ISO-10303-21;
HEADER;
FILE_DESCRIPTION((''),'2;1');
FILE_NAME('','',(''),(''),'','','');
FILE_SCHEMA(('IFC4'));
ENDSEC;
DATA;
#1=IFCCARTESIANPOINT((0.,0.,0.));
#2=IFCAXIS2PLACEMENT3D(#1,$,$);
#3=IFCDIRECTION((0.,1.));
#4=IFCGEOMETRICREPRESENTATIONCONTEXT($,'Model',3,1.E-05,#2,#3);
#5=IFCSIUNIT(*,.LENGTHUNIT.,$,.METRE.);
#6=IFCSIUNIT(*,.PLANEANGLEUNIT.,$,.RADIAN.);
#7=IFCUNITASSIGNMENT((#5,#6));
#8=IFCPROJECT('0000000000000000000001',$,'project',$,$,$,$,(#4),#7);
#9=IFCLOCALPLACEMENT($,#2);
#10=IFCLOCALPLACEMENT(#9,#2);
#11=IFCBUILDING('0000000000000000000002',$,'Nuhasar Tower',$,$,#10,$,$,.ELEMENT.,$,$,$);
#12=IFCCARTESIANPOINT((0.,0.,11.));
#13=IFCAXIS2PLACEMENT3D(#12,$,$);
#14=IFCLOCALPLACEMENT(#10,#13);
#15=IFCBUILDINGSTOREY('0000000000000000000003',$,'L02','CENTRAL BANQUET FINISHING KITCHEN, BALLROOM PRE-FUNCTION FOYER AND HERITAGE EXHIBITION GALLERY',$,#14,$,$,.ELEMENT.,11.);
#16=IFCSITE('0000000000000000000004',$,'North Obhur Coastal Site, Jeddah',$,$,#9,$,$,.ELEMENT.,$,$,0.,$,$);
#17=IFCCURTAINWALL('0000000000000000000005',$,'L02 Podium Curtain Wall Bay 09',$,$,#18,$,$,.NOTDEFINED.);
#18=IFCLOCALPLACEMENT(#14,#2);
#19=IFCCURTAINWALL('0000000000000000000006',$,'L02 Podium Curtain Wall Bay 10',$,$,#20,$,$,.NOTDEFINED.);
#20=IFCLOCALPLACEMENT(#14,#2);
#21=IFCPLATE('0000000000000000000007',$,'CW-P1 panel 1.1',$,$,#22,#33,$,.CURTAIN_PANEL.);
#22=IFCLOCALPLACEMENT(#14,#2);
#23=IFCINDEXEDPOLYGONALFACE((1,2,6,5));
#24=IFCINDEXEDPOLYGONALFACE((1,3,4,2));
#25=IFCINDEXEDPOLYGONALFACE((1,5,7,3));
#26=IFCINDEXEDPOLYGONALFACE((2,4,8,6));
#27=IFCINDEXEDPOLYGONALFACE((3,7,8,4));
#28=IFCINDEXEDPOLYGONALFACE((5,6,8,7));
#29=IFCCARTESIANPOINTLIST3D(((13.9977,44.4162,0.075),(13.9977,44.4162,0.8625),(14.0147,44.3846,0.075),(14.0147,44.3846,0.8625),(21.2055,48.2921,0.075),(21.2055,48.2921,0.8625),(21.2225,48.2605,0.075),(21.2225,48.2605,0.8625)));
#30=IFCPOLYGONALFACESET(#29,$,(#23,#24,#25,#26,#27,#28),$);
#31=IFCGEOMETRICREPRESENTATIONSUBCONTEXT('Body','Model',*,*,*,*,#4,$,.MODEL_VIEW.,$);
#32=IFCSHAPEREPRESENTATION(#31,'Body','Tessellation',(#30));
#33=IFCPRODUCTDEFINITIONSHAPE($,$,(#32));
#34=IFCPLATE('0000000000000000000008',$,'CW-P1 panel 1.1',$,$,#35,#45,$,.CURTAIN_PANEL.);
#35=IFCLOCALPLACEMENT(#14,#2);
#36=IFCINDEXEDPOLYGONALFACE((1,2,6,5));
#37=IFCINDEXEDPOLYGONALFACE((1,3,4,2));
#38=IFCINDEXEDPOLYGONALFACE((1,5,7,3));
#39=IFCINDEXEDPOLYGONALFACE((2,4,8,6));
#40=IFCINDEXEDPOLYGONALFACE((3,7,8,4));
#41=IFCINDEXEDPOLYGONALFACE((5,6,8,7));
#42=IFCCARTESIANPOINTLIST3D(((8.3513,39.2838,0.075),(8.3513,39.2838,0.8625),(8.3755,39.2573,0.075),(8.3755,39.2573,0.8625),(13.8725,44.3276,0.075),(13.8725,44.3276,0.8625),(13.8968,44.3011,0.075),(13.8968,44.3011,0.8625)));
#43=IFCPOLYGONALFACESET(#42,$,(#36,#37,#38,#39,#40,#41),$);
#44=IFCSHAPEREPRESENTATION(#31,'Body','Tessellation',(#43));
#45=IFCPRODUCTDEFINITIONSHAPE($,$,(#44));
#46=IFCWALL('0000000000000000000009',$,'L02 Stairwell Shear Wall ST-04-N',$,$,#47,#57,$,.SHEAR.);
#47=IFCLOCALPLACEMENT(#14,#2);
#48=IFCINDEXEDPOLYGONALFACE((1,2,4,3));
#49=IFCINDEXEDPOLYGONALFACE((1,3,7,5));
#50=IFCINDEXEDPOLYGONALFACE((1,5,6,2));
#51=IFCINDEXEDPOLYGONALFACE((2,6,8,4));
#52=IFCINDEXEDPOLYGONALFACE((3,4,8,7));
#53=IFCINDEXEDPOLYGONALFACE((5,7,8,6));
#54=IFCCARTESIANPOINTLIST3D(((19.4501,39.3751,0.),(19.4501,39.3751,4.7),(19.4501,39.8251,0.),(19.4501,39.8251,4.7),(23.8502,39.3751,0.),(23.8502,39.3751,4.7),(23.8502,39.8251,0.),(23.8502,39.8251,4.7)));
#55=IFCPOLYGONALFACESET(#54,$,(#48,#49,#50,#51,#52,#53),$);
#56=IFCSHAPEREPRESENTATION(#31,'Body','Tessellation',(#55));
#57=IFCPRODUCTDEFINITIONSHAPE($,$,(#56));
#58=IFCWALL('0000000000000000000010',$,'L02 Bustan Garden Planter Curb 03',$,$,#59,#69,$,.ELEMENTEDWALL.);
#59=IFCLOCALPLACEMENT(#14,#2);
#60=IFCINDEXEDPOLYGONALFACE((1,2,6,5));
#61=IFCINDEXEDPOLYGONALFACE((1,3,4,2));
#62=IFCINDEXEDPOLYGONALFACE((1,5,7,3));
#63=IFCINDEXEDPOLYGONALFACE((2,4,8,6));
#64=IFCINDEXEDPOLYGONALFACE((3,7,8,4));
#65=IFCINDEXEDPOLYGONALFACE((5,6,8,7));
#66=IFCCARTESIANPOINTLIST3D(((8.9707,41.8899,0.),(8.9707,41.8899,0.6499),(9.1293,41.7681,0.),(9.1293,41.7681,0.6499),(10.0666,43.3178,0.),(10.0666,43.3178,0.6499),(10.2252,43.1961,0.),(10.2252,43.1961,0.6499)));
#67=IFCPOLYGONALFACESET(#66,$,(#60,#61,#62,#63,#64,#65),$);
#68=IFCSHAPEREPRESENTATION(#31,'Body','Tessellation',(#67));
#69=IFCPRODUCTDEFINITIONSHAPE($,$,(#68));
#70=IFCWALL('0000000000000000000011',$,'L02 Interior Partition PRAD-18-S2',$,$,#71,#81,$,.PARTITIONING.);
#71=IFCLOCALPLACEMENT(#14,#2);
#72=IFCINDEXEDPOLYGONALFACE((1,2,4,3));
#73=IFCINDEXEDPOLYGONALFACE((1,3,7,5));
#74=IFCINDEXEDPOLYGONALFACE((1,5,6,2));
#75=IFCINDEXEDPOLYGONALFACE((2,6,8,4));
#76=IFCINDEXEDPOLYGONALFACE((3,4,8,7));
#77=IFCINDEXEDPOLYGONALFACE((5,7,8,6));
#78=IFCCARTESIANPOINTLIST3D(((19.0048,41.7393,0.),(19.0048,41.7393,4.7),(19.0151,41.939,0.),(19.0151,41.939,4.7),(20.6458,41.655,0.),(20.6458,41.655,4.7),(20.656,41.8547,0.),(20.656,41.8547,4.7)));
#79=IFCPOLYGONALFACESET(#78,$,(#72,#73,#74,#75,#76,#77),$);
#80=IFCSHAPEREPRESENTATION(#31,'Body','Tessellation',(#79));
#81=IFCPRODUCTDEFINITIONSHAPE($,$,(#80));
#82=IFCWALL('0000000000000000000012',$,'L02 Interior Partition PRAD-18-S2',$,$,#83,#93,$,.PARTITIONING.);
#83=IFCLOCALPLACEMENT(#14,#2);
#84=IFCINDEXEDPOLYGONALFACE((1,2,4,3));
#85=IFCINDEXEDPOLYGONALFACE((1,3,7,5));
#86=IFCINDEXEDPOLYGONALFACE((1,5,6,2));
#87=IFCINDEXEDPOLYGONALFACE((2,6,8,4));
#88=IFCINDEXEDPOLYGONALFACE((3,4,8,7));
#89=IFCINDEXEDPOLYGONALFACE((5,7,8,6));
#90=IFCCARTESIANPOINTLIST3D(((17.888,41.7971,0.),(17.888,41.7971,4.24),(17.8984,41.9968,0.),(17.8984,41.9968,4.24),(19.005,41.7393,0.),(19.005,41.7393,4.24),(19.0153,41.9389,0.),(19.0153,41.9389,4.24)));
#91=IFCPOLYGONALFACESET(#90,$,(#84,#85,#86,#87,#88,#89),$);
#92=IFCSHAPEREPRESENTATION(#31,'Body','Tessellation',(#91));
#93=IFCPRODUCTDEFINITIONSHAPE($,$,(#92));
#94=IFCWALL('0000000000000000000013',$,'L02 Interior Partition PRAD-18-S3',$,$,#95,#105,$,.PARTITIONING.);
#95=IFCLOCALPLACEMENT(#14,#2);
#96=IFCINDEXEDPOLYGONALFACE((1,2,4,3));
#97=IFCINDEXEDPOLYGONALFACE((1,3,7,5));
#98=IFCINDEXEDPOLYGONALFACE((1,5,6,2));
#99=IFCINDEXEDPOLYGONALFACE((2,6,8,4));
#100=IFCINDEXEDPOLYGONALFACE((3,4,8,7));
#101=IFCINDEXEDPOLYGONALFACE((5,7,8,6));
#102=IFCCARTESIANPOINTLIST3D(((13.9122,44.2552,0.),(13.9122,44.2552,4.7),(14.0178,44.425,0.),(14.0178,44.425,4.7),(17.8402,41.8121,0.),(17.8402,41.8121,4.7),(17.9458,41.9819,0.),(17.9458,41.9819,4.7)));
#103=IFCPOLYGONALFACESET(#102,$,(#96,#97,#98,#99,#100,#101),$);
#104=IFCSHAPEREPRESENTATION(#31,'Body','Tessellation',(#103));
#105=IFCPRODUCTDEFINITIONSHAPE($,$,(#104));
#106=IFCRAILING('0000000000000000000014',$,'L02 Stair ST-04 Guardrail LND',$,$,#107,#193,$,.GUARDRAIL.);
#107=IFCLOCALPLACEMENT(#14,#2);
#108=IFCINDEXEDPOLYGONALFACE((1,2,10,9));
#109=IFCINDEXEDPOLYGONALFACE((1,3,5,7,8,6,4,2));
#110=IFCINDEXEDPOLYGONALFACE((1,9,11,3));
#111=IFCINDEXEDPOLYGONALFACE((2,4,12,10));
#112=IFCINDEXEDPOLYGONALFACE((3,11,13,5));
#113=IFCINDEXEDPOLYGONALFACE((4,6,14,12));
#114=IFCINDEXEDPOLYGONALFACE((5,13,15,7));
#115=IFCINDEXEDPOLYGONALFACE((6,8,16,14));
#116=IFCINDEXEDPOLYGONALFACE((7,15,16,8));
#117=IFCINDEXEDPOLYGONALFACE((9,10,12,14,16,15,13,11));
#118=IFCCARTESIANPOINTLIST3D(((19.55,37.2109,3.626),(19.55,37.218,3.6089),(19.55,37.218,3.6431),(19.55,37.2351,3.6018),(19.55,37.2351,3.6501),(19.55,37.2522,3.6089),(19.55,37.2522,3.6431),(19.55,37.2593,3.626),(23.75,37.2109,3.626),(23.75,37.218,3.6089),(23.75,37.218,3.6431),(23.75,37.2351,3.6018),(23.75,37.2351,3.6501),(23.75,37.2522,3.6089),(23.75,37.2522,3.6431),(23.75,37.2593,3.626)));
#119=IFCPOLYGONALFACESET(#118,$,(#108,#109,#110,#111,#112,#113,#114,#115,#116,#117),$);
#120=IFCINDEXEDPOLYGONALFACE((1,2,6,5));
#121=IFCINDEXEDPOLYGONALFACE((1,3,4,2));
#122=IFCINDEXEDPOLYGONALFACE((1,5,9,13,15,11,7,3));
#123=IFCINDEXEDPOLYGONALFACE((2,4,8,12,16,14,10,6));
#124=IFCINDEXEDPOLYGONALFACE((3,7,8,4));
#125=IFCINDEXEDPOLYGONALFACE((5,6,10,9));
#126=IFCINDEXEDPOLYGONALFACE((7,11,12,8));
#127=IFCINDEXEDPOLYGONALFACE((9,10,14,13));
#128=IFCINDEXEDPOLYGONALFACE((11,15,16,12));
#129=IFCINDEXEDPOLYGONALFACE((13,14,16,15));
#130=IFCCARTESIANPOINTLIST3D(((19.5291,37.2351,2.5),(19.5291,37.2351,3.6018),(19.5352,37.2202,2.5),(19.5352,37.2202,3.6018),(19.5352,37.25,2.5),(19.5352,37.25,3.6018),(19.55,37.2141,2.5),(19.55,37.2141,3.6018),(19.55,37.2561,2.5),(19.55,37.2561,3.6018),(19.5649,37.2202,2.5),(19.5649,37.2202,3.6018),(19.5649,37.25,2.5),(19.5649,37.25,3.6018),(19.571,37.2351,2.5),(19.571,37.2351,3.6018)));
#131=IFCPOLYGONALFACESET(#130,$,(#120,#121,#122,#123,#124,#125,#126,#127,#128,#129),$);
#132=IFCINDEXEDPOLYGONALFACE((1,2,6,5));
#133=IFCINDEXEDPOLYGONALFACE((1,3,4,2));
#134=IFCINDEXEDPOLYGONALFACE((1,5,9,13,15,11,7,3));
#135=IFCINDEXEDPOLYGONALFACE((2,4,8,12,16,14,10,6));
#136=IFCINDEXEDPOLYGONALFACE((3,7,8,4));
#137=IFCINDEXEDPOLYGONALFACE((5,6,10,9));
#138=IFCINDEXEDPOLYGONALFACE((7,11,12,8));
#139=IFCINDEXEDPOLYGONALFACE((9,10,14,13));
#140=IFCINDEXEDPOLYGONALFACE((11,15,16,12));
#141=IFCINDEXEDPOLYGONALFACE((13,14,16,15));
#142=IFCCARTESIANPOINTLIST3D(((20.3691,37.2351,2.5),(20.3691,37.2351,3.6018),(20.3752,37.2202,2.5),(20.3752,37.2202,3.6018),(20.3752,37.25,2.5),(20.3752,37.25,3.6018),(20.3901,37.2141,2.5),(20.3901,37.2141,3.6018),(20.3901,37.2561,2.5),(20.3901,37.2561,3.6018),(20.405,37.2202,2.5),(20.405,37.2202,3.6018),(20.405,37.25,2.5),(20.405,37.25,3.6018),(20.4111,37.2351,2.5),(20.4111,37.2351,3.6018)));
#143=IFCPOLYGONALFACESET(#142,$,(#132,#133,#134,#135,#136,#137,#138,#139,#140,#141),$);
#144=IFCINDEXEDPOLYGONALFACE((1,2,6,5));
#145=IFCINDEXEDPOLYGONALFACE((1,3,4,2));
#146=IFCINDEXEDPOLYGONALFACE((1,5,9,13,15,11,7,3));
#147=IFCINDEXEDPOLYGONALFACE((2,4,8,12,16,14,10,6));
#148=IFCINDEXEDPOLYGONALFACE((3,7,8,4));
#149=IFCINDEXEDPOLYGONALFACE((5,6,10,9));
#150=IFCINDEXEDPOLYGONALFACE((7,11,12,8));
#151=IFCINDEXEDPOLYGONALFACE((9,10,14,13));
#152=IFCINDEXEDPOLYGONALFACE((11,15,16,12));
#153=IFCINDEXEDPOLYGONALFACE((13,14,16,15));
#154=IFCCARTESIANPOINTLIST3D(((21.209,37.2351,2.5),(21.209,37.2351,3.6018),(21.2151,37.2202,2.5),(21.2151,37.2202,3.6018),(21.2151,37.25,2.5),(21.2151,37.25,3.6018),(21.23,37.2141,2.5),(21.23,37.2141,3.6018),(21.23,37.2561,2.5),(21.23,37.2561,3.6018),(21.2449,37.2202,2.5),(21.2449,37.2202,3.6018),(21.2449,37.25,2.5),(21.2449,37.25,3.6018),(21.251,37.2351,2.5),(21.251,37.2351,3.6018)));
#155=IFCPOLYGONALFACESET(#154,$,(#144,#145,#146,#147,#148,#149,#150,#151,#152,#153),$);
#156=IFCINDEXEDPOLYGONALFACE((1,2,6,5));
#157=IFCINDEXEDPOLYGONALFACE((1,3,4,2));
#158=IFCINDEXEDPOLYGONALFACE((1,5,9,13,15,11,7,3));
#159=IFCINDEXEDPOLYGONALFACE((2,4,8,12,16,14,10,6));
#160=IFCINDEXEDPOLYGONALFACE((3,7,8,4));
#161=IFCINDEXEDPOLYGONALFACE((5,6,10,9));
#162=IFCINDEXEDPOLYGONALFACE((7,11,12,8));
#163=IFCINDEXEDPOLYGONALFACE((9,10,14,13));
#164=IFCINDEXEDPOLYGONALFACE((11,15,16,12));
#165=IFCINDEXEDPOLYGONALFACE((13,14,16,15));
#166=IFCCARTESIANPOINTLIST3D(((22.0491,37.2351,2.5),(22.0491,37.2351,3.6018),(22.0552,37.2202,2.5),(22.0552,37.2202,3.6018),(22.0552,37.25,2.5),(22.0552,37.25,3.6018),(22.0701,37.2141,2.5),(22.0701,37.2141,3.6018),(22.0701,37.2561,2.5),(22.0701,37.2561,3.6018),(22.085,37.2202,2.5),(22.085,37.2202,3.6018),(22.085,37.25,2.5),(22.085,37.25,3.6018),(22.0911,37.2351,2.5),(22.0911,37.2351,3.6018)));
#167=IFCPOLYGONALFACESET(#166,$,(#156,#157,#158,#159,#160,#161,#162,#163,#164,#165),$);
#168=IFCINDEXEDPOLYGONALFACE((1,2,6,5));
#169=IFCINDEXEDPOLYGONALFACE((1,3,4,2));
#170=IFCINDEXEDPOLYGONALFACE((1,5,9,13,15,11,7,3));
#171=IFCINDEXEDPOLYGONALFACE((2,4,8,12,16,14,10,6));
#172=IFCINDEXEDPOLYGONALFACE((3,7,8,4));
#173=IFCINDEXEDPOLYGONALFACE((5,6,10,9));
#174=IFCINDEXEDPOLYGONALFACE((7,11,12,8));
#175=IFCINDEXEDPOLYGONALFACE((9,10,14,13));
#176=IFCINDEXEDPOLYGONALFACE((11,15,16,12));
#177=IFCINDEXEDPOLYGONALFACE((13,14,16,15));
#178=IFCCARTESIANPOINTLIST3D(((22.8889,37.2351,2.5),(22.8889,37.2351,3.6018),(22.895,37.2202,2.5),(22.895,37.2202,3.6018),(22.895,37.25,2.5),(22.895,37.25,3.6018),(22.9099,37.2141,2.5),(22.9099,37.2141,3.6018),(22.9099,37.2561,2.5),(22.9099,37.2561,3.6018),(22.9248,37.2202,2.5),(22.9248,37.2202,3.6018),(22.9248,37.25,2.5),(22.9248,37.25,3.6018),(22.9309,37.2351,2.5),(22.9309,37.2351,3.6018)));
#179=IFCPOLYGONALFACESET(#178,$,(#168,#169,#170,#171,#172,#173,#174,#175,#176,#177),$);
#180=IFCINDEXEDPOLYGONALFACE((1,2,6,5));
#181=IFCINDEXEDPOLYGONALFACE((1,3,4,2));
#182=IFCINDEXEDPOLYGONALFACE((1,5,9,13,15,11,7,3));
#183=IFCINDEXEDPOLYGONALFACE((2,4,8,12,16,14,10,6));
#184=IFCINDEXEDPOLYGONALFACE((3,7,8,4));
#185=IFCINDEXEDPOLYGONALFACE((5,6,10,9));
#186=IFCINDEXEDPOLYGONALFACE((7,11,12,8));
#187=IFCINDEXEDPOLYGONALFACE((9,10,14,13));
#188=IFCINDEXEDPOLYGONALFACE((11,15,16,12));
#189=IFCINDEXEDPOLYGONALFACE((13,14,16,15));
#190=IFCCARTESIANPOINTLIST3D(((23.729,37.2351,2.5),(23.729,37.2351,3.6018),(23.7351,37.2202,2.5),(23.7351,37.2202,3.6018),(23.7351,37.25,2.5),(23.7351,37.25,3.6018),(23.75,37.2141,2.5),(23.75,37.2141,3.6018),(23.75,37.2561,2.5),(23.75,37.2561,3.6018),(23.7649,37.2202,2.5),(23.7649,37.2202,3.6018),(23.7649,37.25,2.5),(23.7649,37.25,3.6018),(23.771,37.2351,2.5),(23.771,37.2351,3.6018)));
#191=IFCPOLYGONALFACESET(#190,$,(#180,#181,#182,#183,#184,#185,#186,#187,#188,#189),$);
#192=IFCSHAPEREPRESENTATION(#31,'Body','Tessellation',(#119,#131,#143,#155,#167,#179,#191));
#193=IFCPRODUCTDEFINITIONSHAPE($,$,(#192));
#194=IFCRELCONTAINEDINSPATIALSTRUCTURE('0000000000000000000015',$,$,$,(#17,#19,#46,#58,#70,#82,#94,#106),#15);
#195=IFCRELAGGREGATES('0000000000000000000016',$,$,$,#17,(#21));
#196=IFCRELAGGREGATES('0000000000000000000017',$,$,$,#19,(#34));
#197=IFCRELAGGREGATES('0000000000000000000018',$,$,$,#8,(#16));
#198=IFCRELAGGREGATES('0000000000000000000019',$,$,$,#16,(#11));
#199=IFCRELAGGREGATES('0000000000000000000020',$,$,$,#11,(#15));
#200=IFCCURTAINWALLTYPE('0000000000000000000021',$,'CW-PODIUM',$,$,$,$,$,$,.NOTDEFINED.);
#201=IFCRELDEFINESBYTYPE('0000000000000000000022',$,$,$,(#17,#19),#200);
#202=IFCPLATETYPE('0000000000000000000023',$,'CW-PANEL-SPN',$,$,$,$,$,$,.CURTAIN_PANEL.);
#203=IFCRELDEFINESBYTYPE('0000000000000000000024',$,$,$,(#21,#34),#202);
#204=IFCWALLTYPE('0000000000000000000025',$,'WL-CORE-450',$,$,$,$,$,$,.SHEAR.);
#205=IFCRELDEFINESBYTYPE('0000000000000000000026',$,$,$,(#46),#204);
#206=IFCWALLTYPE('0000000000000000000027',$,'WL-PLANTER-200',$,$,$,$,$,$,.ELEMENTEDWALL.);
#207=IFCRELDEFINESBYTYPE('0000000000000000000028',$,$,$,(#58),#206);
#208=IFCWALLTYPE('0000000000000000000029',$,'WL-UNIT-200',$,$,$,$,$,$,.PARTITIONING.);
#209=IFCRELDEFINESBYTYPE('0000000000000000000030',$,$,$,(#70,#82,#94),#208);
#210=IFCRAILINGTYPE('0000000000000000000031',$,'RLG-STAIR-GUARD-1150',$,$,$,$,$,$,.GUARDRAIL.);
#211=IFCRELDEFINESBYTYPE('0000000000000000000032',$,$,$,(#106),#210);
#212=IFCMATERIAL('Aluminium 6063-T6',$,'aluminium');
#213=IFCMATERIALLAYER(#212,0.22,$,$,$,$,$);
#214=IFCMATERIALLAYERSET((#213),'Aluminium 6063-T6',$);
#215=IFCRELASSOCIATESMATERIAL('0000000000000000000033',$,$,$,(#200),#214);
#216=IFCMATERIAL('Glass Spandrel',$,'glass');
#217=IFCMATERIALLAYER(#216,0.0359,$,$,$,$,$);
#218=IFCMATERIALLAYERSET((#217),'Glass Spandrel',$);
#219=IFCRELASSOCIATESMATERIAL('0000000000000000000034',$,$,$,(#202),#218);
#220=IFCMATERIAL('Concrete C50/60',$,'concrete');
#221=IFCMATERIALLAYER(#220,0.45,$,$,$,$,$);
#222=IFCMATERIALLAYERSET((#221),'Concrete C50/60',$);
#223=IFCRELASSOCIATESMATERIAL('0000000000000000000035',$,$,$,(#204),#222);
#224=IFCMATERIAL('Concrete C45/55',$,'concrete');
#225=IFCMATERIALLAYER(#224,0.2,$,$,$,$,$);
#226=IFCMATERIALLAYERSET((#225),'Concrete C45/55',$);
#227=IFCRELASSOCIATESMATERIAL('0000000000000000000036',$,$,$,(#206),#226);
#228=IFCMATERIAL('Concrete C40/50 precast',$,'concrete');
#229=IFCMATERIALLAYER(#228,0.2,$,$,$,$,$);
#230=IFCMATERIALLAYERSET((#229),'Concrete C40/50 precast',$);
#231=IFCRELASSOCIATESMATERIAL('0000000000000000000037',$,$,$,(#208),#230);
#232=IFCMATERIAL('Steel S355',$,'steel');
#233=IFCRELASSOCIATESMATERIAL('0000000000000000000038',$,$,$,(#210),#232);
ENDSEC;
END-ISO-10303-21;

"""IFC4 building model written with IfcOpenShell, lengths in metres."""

from ifc_helpers import new_model, si_unit, direction, frame, frame_2d, origin, origin_2d, place, context, subcontext, project, spatial, polyline, rectangle, outline, extrude, material, layer, layer_set, type_object, element, aggregate, save


model = new_model("IFC4")

# Units and contexts
model_context = context("Model", 3, precision=1e-05, world=origin(), true_north=direction((0.0, 1.0)))
body_context = subcontext(model_context, "Body", "Model", "MODEL_VIEW")
ifc_project = project(units=[si_unit("LENGTHUNIT", "METRE"), si_unit("PLANEANGLEUNIT", "RADIAN")], contexts=[model_context])

# Site, building, storey
site_placement = place(None, origin())
site = spatial("IfcSite", under=ifc_project, at=site_placement, Name="North Obhur Coastal Site, Jeddah", CompositionType="ELEMENT", RefElevation=0.0)
building_placement = place(site_placement, origin())
building = spatial("IfcBuilding", under=site, at=building_placement, Name="Nuhasar Tower", CompositionType="ELEMENT")
storey_placement = place(building_placement, frame((0.0, 0.0, 11.0)))
storey = spatial("IfcBuildingStorey", under=building, at=storey_placement, Name="L02", Description="CENTRAL BANQUET FINISHING KITCHEN, BALLROOM PRE-FUNCTION FOYER AND HERITAGE EXHIBITION GALLERY", CompositionType="ELEMENT", Elevation=11.0)

# Shared definitions
ifc_material_1 = material(Name="Concrete C50/60", Category="concrete")

# Shared definitions
ifc_material_2 = material(Name="Steel S355", Category="steel")

# Curtain wall
ifc_material_3 = material(Name="Aluminium 6063-T6", Category="aluminium")
ifc_layer_1 = layer(ifc_material_3, 0.22)
ifc_layer_set_1 = layer_set([ifc_layer_1], Name="Aluminium 6063-T6")
curtain_wall_type = type_object("IfcCurtainWallType", Name="CW-PODIUM", PredefinedType="NOTDEFINED", material=ifc_layer_set_1)
curtain_wall_1_placement = place(storey_placement, origin())
curtain_wall_1 = element("IfcCurtainWall", 1, at=curtain_wall_1_placement, inside=storey, type_object=curtain_wall_type, Name="L02 Podium Curtain Wall Bay 09", PredefinedType="NOTDEFINED")

# Curtain wall
curtain_wall_2_placement = place(storey_placement, origin())
curtain_wall_2 = element("IfcCurtainWall", 2, at=curtain_wall_2_placement, inside=storey, type_object=curtain_wall_type, Name="L02 Podium Curtain Wall Bay 10", PredefinedType="NOTDEFINED")

# Plates
ifc_material_4 = material(Name="Glass Spandrel", Category="glass")
ifc_layer_2 = layer(ifc_material_4, 0.0359)
ifc_layer_set_2 = layer_set([ifc_layer_2], Name="Glass Spandrel")
plate_type_1 = type_object("IfcPlateType", Name="CW-PANEL-SPN", PredefinedType="CURTAIN_PANEL", material=ifc_layer_set_2)
plate_1_placement = place(storey_placement, frame((17.6101, 46.3384, 0.075), z_axis=(0.0, 0.0, 1.0), x_axis=(-0.880737, -0.473606, 0.0)))
plate_1 = element("IfcPlate", 3, at=plate_1_placement, type_object=plate_type_1, Name="CW-P1 panel 1.1", PredefinedType="CURTAIN_PANEL", context=body_context, shape_type="SweptSolid", body=[
    extrude(rectangle(XDim=8.1838, YDim=0.0359, at=origin_2d()), origin(), (0.0, 0.0, 1.0), 0.7876),
])
aggregate(curtain_wall_1, [plate_1])
plate_2_placement = place(storey_placement, frame((11.124, 41.7925, 0.075), z_axis=(0.0, 0.0, 1.0), x_axis=(-0.738307, -0.674465, 0.0)))
plate_2 = element("IfcPlate", 4, at=plate_2_placement, type_object=plate_type_1, Name="CW-P1 panel 1.1", PredefinedType="CURTAIN_PANEL", context=body_context, shape_type="SweptSolid", body=[
    extrude(rectangle(XDim=7.4783, YDim=0.0359, at=origin_2d()), origin(), (0.0, 0.0, 1.0), 0.7876),
])
aggregate(curtain_wall_2, [plate_2])

# Walls
ifc_layer_3 = layer(ifc_material_1, 0.45)
ifc_layer_set_3 = layer_set([ifc_layer_3], Name="Concrete C50/60")
wall_type_1 = type_object("IfcWallType", Name="WL-CORE-450", PredefinedType="SHEAR", material=ifc_layer_set_3)
wall_1_placement = place(storey_placement, frame((19.45, 39.6001, 0.0), z_axis=(0.0, 0.0, 1.0), x_axis=(1.0, 0.0, 0.0)))
element("IfcWall", 5, at=wall_1_placement, inside=storey, type_object=wall_type_1, Name="L02 Stairwell Shear Wall ST-04-N", PredefinedType="SHEAR", context=body_context, shape_type="SweptSolid", body=[
    extrude(rectangle(XDim=4.4001, YDim=0.45, at=frame_2d((2.2002, 0.0))), origin(), (0.0, 0.0, 1.0), 4.7),
])
ifc_material_5 = material(Name="Concrete C45/55", Category="concrete")
ifc_layer_4 = layer(ifc_material_5, 0.2)
ifc_layer_set_4 = layer_set([ifc_layer_4], Name="Concrete C45/55")
wall_type_2 = type_object("IfcWallType", Name="WL-PLANTER-200", PredefinedType="ELEMENTEDWALL", material=ifc_layer_set_4)
wall_2_placement = place(storey_placement, frame((9.05, 41.8291, 0.0), z_axis=(0.0, 0.0, 1.0), x_axis=(0.608839, 0.793294, 0.0)))
element("IfcWall", 6, at=wall_2_placement, inside=storey, type_object=wall_type_2, Name="L02 Bustan Garden Planter Curb 03", PredefinedType="ELEMENTEDWALL", context=body_context, shape_type="SweptSolid", body=[
    extrude(rectangle(XDim=1.8, YDim=0.2, at=frame_2d((0.8999, 0.0))), origin(), (0.0, 0.0, 1.0), 0.6499),
])
ifc_material_6 = material(Name="Concrete C40/50 precast", Category="concrete")
ifc_layer_5 = layer(ifc_material_6, 0.2)
ifc_layer_set_5 = layer_set([ifc_layer_5], Name="Concrete C40/50 precast")
wall_type_3 = type_object("IfcWallType", Name="WL-UNIT-200", PredefinedType="PARTITIONING", material=ifc_layer_set_5)
wall_3_placement = place(storey_placement, frame((20.6509, 41.7549, 0.0), z_axis=(0.0, 0.0, 1.0), x_axis=(-0.998685, 0.051264, 0.0)))
element("IfcWall", 7, at=wall_3_placement, inside=storey, type_object=wall_type_3, Name="L02 Interior Partition PRAD-18-S2", PredefinedType="PARTITIONING", context=body_context, shape_type="SweptSolid", body=[
    extrude(rectangle(XDim=1.6431, YDim=0.2, at=frame_2d((0.8215, 0.0))), origin(), (0.0, 0.0, 1.0), 4.7),
])
wall_4_placement = place(storey_placement, frame((19.01, 41.8391, 0.0), z_axis=(0.0, 0.0, 1.0), x_axis=(-0.998661, 0.051734, 0.0)))
element("IfcWall", 8, at=wall_4_placement, inside=storey, type_object=wall_type_3, Name="L02 Interior Partition PRAD-18-S2", PredefinedType="PARTITIONING", context=body_context, shape_type="SweptSolid", body=[
    extrude(rectangle(XDim=1.1184, YDim=0.2, at=frame_2d((0.5591, 0.0))), origin(), (0.0, 0.0, 1.0), 4.24),
])
wall_5_placement = place(storey_placement, frame((17.8931, 41.897, 0.0), z_axis=(0.0, 0.0, 1.0), x_axis=(-0.84915, 0.528152, 0.0)))
element("IfcWall", 9, at=wall_5_placement, inside=storey, type_object=wall_type_3, Name="L02 Interior Partition PRAD-18-S3", PredefinedType="PARTITIONING", context=body_context, shape_type="SweptSolid", body=[
    extrude(rectangle(XDim=4.6257, YDim=0.2, at=frame_2d((2.313, 0.0))), origin(), (0.0, 0.0, 1.0), 4.7),
])

# Railing
railing_type_1 = type_object("IfcRailingType", Name="RLG-STAIR-GUARD-1150", PredefinedType="GUARDRAIL", material=ifc_material_2)
railing_1_placement = place(storey_placement, frame((19.55, 37.2351, 2.5)))
element("IfcRailing", 10, at=railing_1_placement, inside=storey, type_object=railing_type_1, Name="L02 Stair ST-04 Guardrail LND", PredefinedType="GUARDRAIL", context=body_context, shape_type="SweptSolid", body=[
    extrude(outline(polyline([(0.0242, 0.0), (0.0171, 0.0171), (0.0, 0.0242), (-0.0171, 0.0171), (-0.0242, 0.0), (-0.0171, -0.0171), (0.0, -0.0242), (0.0171, -0.0171), (0.0242, 0.0)])), frame((0.0, 0.0, 1.126), z_axis=(1.0, 0.0, 0.0), x_axis=(0.0, 1.0, 0.0)), (0.0, 0.0, 1.0), 4.2),
    extrude(outline(polyline([(0.021, 0.0), (0.0149, 0.0149), (0.0, 0.021), (-0.0149, 0.0149), (-0.021, 0.0), (-0.0149, -0.0149), (0.0, -0.021), (0.0149, -0.0149), (0.021, 0.0)])), origin(), (0.0, 0.0, 1.0), 1.1018),
    extrude(outline(polyline([(0.021, 0.0), (0.0149, 0.0149), (0.0, 0.021), (-0.0149, 0.0149), (-0.021, 0.0), (-0.0149, -0.0149), (0.0, -0.021), (0.0149, -0.0149), (0.021, 0.0)])), frame((0.8401, 0.0, 0.0)), (0.0, 0.0, 1.0), 1.1018),
    extrude(outline(polyline([(0.021, 0.0), (0.0149, 0.0149), (0.0, 0.021), (-0.0149, 0.0149), (-0.021, 0.0), (-0.0149, -0.0149), (0.0, -0.021), (0.0149, -0.0149), (0.021, 0.0)])), frame((1.6799, 0.0, 0.0)), (0.0, 0.0, 1.0), 1.1018),
    extrude(outline(polyline([(0.021, 0.0), (0.0149, 0.0149), (0.0, 0.021), (-0.0149, 0.0149), (-0.021, 0.0), (-0.0149, -0.0149), (0.0, -0.021), (0.0149, -0.0149), (0.021, 0.0)])), frame((2.52, 0.0, 0.0)), (0.0, 0.0, 1.0), 1.1018),
    extrude(outline(polyline([(0.021, 0.0), (0.0149, 0.0149), (0.0, 0.021), (-0.0149, 0.0149), (-0.021, 0.0), (-0.0149, -0.0149), (0.0, -0.021), (0.0149, -0.0149), (0.021, 0.0)])), frame((3.3599, 0.0, 0.0)), (0.0, 0.0, 1.0), 1.1018),
    extrude(outline(polyline([(0.021, 0.0), (0.0149, 0.0149), (0.0, 0.021), (-0.0149, 0.0149), (-0.021, 0.0), (-0.0149, -0.0149), (0.0, -0.021), (0.0149, -0.0149), (0.021, 0.0)])), frame((4.2, 0.0, 0.0)), (0.0, 0.0, 1.0), 1.1018),
])

save(model, "model.ifc")
